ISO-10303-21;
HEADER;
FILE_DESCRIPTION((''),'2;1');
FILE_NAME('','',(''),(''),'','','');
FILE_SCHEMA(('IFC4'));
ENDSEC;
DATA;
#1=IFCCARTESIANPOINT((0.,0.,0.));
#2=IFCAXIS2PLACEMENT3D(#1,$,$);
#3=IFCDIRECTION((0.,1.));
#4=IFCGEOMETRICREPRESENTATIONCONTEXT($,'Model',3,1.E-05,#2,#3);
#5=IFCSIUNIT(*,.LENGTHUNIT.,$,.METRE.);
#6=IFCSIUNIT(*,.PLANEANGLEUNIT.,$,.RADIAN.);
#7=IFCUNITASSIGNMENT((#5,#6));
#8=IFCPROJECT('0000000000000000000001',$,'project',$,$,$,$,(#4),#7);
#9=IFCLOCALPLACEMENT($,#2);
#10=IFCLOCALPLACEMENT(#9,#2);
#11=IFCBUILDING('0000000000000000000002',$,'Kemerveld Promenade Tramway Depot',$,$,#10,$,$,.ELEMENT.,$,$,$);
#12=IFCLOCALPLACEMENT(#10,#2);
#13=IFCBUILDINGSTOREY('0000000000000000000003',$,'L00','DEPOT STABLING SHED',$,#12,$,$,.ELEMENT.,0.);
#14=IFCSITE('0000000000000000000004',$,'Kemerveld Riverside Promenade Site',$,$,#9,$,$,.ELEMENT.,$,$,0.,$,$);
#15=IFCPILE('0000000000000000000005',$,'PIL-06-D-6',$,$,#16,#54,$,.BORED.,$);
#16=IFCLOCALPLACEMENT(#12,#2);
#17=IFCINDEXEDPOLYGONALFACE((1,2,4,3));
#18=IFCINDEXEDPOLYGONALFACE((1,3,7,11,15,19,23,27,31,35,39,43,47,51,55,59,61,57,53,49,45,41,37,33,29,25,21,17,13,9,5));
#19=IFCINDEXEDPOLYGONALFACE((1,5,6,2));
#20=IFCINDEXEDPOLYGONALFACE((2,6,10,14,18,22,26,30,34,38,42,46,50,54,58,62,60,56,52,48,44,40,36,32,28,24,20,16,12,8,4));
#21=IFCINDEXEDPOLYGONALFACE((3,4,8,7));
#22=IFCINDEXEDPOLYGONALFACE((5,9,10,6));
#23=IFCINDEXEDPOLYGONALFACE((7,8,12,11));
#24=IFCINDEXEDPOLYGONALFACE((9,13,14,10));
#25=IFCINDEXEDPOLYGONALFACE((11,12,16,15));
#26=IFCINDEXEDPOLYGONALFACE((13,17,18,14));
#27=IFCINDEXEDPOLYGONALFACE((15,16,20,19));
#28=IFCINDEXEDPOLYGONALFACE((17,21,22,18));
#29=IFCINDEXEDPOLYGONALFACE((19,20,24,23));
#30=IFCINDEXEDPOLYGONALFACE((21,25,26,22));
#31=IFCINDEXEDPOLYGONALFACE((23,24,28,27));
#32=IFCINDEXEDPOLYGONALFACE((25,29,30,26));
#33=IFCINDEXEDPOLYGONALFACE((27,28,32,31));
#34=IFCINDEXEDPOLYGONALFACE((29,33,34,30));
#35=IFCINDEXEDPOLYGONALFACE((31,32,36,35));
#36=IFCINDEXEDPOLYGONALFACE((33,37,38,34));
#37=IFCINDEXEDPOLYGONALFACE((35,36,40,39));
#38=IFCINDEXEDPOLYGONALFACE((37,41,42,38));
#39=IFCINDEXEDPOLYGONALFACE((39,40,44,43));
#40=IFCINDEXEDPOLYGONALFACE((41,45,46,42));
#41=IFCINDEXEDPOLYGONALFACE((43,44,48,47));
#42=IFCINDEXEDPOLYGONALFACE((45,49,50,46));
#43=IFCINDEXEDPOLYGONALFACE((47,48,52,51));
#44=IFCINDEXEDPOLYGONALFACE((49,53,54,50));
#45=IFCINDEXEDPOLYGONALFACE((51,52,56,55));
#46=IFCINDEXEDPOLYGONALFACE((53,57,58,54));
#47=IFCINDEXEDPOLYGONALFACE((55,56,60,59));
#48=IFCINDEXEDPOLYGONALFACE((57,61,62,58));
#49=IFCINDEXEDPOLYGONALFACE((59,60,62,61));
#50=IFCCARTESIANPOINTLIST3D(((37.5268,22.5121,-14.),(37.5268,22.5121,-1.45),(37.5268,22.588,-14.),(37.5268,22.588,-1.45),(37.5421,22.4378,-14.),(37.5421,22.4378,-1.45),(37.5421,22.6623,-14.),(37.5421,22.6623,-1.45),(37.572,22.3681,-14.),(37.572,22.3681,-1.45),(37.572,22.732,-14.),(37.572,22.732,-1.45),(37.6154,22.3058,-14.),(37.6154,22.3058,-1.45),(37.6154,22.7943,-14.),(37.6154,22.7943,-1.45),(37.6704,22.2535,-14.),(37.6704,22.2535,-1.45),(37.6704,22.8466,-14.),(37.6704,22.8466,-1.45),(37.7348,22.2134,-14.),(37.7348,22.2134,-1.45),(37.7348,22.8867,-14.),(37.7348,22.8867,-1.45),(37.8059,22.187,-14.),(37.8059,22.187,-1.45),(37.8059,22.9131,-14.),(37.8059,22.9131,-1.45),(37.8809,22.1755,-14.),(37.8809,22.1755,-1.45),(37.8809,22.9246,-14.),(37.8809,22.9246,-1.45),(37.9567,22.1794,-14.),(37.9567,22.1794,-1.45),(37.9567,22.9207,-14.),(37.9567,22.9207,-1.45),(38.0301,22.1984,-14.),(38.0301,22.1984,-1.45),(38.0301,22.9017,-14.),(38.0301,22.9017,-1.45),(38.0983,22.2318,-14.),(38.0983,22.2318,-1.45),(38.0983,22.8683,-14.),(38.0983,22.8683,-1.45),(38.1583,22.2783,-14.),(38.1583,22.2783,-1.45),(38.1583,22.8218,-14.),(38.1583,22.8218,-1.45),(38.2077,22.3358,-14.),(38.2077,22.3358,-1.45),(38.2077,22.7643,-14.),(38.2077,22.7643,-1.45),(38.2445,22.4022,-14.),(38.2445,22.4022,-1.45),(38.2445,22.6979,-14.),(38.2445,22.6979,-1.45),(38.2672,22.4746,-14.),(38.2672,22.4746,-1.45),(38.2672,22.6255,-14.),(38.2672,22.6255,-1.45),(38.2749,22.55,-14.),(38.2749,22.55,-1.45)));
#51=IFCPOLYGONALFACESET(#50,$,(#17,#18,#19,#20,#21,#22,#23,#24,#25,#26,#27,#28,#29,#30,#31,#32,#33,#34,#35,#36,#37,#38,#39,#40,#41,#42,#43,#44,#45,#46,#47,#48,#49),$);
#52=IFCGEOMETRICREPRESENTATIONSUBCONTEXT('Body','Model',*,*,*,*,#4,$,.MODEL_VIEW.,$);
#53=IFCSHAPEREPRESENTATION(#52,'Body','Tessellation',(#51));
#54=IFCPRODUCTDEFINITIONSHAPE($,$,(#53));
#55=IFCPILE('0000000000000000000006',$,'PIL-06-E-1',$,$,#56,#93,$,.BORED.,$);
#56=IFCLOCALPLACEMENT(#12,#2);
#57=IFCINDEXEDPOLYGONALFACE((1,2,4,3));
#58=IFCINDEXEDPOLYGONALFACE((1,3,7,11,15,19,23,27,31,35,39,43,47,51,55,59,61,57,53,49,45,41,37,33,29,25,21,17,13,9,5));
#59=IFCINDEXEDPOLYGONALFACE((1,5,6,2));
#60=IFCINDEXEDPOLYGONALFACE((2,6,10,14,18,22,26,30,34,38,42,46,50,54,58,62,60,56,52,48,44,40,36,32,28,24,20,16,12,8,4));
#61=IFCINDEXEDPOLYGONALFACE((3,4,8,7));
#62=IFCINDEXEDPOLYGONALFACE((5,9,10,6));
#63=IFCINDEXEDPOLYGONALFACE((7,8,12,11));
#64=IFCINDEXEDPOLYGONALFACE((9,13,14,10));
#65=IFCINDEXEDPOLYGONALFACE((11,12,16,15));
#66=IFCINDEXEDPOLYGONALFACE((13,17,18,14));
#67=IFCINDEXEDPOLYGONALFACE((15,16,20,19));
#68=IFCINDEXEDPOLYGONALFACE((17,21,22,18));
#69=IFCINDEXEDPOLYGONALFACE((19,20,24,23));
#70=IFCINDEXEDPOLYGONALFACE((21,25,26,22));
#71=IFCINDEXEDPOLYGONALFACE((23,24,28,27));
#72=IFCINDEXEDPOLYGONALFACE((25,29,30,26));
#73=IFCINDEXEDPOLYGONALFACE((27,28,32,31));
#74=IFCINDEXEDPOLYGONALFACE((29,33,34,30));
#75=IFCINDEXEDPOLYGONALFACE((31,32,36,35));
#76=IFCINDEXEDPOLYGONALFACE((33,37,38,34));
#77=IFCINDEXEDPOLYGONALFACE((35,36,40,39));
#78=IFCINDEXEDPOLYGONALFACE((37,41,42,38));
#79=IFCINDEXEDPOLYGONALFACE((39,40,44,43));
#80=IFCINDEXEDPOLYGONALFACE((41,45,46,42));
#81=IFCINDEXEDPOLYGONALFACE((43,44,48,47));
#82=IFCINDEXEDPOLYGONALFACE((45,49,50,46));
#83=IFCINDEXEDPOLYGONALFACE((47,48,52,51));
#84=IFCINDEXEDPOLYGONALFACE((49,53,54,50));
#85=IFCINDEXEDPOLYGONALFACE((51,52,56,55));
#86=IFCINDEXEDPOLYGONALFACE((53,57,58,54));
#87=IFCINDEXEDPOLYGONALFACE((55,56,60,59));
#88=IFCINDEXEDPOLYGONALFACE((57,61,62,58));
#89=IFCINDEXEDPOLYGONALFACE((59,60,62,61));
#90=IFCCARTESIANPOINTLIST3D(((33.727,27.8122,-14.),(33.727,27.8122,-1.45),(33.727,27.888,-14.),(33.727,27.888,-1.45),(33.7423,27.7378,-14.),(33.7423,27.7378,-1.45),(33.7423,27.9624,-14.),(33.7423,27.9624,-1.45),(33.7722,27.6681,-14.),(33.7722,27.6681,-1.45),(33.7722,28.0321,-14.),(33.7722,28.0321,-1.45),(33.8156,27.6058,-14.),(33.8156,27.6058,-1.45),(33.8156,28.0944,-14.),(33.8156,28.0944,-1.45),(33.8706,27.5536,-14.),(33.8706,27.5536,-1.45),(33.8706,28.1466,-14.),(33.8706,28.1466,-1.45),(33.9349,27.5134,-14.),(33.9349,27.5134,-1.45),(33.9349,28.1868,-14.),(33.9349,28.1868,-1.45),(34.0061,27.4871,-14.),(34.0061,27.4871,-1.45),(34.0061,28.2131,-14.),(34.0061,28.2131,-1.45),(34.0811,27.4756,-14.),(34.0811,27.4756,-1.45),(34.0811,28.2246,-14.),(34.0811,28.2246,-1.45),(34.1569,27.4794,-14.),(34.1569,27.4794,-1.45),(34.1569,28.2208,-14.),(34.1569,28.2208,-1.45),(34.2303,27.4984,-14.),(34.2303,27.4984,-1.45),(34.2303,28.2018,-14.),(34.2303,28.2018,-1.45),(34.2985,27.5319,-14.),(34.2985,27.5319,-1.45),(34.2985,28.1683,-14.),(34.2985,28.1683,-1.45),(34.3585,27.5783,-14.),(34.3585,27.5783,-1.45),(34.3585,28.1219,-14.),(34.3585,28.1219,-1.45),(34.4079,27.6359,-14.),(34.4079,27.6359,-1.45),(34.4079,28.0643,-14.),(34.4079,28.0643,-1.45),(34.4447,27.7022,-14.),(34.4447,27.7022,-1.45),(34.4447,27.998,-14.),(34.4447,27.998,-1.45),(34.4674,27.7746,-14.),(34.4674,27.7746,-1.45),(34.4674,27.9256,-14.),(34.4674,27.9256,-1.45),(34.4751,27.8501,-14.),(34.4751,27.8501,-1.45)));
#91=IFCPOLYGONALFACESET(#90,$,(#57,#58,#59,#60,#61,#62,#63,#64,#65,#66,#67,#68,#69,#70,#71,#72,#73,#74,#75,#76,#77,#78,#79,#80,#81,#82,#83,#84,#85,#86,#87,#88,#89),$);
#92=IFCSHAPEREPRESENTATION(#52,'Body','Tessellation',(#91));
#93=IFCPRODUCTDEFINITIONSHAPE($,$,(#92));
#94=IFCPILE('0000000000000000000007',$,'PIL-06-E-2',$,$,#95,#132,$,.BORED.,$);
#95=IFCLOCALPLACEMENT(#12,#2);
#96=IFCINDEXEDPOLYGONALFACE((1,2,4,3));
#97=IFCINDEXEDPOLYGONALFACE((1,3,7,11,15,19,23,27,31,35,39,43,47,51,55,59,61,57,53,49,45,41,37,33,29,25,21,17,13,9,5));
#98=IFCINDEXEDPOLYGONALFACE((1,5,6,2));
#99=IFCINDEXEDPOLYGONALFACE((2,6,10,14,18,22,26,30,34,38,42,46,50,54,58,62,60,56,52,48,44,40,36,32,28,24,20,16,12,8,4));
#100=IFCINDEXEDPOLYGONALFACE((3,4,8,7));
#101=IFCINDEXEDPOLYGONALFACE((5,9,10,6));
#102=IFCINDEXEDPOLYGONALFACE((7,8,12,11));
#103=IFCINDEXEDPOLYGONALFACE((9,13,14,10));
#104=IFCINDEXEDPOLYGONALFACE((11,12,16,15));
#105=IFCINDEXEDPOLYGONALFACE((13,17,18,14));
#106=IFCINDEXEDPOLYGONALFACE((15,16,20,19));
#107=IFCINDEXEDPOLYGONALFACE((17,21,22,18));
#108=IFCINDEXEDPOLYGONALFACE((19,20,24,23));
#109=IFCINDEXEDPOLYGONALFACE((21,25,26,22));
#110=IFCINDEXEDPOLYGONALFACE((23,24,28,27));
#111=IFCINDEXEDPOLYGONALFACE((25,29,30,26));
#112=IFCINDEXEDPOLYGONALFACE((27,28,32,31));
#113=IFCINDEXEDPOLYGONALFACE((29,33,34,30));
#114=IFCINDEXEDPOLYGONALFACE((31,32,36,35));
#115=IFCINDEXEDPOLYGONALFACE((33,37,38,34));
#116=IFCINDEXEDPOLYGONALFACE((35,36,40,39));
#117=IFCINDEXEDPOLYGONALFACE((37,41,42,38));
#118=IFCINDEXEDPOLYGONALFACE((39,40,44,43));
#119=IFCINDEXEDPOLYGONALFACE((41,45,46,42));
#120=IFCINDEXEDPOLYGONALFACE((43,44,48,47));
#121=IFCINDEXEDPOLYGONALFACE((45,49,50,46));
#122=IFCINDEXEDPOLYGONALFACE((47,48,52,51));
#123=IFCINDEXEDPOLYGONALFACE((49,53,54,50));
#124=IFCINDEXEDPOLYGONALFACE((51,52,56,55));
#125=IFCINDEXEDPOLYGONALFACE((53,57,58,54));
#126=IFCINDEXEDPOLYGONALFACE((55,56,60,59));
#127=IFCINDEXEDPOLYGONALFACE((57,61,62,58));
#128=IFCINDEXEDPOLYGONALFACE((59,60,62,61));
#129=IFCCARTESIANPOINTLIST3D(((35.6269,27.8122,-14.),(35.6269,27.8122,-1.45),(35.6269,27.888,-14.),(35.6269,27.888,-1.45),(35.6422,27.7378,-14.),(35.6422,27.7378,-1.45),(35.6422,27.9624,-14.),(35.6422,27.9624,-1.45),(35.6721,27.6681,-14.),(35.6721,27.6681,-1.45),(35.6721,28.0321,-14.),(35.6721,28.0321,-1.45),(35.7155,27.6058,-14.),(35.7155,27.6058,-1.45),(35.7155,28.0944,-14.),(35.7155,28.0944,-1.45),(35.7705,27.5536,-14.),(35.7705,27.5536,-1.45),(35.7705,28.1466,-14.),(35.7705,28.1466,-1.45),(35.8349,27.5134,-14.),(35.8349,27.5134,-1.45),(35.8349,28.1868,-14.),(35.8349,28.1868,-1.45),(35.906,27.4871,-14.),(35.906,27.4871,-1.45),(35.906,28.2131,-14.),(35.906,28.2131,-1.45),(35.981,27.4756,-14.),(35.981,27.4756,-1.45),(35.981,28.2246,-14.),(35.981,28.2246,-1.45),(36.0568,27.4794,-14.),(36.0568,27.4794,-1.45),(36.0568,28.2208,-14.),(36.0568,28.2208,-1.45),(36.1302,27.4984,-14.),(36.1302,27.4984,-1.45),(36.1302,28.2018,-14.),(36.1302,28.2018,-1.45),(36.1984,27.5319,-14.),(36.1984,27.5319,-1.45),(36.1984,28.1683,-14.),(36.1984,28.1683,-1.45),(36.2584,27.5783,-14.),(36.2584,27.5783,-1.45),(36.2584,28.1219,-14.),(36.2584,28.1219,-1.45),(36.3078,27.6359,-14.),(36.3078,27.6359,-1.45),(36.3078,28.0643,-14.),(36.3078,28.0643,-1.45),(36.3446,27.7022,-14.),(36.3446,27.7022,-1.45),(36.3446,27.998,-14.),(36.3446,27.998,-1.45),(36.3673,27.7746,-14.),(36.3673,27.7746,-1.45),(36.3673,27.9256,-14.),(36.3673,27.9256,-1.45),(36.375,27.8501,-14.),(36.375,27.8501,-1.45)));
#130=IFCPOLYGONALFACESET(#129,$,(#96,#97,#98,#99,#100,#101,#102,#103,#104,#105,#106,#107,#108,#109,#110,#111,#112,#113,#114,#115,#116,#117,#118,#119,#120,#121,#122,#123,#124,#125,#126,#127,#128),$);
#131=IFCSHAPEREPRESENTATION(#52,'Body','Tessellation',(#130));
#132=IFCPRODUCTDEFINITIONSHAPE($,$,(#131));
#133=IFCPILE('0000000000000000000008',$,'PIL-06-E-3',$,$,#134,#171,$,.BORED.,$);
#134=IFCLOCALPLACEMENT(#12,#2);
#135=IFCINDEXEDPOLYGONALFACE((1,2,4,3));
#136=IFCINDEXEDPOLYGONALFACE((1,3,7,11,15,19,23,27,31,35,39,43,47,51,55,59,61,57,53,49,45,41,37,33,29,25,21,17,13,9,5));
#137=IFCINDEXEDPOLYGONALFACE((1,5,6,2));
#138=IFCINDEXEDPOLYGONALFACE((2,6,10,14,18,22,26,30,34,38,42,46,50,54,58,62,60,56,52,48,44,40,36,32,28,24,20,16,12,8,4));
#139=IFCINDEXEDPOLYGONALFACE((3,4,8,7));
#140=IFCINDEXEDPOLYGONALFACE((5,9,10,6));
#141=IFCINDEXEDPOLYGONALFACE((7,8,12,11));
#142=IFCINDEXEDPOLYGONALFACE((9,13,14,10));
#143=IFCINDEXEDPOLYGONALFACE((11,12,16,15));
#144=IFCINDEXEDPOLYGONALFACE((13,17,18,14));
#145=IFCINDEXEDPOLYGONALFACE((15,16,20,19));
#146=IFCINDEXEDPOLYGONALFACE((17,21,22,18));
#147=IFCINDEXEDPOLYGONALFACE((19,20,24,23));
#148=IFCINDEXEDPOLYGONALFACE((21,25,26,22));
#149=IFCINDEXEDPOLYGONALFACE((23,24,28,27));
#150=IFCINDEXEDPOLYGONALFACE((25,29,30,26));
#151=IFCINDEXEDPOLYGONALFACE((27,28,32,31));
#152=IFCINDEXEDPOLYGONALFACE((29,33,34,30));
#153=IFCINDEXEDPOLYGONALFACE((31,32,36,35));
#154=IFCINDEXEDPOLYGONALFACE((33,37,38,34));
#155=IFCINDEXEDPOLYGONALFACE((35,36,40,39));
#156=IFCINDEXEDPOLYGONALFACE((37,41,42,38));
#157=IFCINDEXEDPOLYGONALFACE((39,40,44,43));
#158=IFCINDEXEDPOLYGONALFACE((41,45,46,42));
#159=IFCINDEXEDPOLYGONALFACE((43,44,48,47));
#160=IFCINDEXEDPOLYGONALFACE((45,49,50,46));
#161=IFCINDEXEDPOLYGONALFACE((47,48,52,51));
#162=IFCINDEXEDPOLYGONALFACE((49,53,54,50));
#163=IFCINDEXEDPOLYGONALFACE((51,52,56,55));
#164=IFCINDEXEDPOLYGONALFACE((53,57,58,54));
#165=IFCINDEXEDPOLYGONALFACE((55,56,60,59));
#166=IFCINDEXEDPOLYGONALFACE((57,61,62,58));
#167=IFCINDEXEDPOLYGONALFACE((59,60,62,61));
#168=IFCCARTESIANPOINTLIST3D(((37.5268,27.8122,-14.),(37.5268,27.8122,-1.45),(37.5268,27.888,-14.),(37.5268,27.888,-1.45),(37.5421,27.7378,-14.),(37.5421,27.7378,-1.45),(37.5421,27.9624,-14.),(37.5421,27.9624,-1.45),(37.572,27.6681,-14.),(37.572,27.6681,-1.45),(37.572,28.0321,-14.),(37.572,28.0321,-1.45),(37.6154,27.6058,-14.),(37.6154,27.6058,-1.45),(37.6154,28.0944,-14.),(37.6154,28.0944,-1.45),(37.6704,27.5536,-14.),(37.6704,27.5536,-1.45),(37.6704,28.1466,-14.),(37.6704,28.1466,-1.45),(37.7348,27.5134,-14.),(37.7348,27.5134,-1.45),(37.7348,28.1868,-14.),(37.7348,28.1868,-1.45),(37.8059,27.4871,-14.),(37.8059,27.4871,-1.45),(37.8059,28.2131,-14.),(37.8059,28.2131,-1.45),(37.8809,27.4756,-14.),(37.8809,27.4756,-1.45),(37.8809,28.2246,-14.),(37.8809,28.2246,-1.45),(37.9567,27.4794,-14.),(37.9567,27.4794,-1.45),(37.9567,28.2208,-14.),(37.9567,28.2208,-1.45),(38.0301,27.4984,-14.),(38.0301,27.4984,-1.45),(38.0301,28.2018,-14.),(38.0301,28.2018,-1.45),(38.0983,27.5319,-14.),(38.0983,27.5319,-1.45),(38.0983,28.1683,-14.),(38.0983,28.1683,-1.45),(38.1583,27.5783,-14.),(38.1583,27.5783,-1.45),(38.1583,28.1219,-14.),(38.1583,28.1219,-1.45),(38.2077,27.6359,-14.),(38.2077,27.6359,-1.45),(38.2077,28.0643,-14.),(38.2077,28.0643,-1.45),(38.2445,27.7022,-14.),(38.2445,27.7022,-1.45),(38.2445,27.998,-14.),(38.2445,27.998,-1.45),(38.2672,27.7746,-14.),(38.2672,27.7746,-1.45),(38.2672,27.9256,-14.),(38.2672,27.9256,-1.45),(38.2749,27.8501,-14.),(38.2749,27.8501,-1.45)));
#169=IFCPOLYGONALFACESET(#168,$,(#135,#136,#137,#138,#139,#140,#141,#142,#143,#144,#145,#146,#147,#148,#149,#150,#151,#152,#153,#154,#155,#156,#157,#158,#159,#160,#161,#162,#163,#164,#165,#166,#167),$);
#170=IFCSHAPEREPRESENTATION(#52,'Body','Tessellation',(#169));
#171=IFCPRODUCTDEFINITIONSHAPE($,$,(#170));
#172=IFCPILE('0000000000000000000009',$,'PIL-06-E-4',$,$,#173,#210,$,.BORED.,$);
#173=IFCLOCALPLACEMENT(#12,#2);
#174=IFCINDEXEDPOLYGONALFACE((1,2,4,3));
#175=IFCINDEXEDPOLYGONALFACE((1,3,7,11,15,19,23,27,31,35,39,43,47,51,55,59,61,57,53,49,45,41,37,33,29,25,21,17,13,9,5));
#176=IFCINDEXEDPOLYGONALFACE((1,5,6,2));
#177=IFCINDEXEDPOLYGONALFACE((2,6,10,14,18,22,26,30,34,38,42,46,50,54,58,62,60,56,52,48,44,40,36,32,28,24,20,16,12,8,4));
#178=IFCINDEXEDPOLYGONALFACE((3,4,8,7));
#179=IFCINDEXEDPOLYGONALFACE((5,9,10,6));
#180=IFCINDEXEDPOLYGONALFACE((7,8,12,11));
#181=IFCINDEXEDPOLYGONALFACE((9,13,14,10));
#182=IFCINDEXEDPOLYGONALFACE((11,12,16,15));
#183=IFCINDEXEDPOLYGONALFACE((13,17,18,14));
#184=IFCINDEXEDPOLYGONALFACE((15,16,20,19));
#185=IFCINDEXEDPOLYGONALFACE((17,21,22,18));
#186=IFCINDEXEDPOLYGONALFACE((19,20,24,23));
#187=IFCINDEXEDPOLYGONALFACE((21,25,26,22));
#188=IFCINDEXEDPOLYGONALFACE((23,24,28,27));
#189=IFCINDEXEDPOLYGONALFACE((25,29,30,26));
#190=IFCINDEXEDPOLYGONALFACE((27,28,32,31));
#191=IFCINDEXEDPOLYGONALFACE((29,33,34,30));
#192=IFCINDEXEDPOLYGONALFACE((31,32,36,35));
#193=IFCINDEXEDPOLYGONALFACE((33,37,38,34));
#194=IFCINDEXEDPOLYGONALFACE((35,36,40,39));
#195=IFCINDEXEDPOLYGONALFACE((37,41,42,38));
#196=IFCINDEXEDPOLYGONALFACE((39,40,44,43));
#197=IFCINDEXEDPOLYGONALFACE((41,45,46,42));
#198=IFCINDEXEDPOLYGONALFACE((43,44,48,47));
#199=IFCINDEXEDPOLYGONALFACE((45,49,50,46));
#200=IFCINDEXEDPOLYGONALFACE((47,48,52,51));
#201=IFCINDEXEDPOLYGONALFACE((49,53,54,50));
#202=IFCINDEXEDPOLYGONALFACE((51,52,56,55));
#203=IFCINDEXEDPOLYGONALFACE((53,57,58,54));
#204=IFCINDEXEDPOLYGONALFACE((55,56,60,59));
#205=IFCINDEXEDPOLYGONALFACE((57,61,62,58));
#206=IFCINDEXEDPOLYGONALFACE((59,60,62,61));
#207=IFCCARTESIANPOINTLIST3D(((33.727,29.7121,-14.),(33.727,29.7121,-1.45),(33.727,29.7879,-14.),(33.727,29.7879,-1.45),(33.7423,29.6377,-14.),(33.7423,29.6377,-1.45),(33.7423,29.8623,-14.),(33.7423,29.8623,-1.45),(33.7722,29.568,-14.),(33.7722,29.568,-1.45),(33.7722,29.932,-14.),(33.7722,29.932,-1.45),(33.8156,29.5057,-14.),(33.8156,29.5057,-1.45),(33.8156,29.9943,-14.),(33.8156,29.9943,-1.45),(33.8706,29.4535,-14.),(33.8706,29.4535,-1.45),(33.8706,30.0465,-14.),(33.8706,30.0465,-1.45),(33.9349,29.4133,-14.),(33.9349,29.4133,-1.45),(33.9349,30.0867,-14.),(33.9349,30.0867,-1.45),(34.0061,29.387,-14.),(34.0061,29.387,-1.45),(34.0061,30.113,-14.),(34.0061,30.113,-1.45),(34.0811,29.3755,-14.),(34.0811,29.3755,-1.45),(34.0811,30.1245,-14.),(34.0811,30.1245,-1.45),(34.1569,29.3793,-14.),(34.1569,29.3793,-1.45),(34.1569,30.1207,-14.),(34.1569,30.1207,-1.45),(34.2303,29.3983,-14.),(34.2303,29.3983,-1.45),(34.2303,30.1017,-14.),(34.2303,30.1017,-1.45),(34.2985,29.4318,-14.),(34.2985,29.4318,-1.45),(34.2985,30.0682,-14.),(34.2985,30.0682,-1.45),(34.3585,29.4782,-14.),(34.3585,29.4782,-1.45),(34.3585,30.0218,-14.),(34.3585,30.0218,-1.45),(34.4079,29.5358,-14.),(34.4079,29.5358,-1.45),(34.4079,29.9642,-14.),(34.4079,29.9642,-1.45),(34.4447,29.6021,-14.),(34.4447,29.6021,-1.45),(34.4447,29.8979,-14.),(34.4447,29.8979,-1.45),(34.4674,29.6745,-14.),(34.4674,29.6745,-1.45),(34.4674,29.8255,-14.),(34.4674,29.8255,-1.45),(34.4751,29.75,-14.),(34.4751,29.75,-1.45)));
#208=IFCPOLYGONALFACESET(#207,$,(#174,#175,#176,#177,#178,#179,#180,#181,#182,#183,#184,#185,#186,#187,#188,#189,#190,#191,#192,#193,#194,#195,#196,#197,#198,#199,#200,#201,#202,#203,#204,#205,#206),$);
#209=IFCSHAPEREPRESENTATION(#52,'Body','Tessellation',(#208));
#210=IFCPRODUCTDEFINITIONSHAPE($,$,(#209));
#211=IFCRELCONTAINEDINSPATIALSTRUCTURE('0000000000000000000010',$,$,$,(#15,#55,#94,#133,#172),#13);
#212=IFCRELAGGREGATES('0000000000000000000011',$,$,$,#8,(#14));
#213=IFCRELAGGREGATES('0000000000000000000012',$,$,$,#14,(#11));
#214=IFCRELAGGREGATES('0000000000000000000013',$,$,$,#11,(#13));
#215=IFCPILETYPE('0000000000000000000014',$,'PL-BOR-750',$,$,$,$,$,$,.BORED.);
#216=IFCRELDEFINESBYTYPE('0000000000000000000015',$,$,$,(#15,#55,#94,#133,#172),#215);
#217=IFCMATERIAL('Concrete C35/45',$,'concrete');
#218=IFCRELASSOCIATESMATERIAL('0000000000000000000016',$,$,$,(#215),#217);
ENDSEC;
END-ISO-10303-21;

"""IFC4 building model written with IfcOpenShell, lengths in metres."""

from ifc_helpers import new_model, si_unit, direction, frame, origin, origin_2d, place, context, subcontext, project, spatial, circle, extrude, material, material_profile, profile_set, type_object, element, save


model = new_model("IFC4")

# Units and contexts
model_context = context("Model", 3, precision=1e-05, world=origin(), true_north=direction((0.0, 1.0)))
body_context = subcontext(model_context, "Body", "Model", "MODEL_VIEW")
ifc_project = project(units=[si_unit("LENGTHUNIT", "METRE"), si_unit("PLANEANGLEUNIT", "RADIAN")], contexts=[model_context])

# Site, building, storey
site_placement = place(None, origin())
site = spatial("IfcSite", under=ifc_project, at=site_placement, Name="Kemerveld Riverside Promenade Site", CompositionType="ELEMENT", RefElevation=0.0)
building_placement = place(site_placement, origin())
building = spatial("IfcBuilding", under=site, at=building_placement, Name="Kemerveld Promenade Tramway Depot", CompositionType="ELEMENT")
storey_placement = place(building_placement, origin())
storey = spatial("IfcBuildingStorey", under=building, at=storey_placement, Name="L00", Description="DEPOT STABLING SHED", CompositionType="ELEMENT", Elevation=0.0)

# Shared definitions
ifc_material_1 = material(Name="Concrete C35/45", Category="concrete")

# Piles
ifc_material_profile_1 = material_profile(ifc_material_1, circle(Radius=0.375, at=origin_2d()), Name="PILE-D750")
ifc_profile_set_1 = profile_set([ifc_material_profile_1], Name="Concrete C35/45")
pile_type = type_object("IfcPileType", Name="PL-BOR-750", PredefinedType="BORED", material=ifc_profile_set_1)
for number, where, z_axis, x_axis, name in (
    (1, (37.8999, 22.55, -1.45), (0.0, 0.0, -1.0), (1.0, 0.0, 0.0), "PIL-06-D-6"),
    (2, (34.1001, 27.8501, -1.45), (0.0, 0.0, -1.0), (1.0, 0.0, 0.0), "PIL-06-E-1"),
    (3, (36.0, 27.8501, -1.45), (0.0, 0.0, -1.0), (1.0, 0.0, 0.0), "PIL-06-E-2"),
    (4, (37.8999, 27.8501, -1.45), (0.0, 0.0, -1.0), (1.0, 0.0, 0.0), "PIL-06-E-3"),
    (5, (34.1001, 29.75, -1.45), (0.0, 0.0, -1.0), (1.0, 0.0, 0.0), "PIL-06-E-4"),
):
    element("IfcPile", number, at=place(storey_placement, frame(where, z_axis=z_axis, x_axis=x_axis)), inside=storey, type_object=pile_type, Name=name, PredefinedType="BORED", context=body_context, shape_type="SweptSolid", body=[
        extrude(circle(Radius=0.375, at=origin_2d()), origin(), (0.0, 0.0, 1.0), 12.55),
    ])

save(model, "model.ifc")
